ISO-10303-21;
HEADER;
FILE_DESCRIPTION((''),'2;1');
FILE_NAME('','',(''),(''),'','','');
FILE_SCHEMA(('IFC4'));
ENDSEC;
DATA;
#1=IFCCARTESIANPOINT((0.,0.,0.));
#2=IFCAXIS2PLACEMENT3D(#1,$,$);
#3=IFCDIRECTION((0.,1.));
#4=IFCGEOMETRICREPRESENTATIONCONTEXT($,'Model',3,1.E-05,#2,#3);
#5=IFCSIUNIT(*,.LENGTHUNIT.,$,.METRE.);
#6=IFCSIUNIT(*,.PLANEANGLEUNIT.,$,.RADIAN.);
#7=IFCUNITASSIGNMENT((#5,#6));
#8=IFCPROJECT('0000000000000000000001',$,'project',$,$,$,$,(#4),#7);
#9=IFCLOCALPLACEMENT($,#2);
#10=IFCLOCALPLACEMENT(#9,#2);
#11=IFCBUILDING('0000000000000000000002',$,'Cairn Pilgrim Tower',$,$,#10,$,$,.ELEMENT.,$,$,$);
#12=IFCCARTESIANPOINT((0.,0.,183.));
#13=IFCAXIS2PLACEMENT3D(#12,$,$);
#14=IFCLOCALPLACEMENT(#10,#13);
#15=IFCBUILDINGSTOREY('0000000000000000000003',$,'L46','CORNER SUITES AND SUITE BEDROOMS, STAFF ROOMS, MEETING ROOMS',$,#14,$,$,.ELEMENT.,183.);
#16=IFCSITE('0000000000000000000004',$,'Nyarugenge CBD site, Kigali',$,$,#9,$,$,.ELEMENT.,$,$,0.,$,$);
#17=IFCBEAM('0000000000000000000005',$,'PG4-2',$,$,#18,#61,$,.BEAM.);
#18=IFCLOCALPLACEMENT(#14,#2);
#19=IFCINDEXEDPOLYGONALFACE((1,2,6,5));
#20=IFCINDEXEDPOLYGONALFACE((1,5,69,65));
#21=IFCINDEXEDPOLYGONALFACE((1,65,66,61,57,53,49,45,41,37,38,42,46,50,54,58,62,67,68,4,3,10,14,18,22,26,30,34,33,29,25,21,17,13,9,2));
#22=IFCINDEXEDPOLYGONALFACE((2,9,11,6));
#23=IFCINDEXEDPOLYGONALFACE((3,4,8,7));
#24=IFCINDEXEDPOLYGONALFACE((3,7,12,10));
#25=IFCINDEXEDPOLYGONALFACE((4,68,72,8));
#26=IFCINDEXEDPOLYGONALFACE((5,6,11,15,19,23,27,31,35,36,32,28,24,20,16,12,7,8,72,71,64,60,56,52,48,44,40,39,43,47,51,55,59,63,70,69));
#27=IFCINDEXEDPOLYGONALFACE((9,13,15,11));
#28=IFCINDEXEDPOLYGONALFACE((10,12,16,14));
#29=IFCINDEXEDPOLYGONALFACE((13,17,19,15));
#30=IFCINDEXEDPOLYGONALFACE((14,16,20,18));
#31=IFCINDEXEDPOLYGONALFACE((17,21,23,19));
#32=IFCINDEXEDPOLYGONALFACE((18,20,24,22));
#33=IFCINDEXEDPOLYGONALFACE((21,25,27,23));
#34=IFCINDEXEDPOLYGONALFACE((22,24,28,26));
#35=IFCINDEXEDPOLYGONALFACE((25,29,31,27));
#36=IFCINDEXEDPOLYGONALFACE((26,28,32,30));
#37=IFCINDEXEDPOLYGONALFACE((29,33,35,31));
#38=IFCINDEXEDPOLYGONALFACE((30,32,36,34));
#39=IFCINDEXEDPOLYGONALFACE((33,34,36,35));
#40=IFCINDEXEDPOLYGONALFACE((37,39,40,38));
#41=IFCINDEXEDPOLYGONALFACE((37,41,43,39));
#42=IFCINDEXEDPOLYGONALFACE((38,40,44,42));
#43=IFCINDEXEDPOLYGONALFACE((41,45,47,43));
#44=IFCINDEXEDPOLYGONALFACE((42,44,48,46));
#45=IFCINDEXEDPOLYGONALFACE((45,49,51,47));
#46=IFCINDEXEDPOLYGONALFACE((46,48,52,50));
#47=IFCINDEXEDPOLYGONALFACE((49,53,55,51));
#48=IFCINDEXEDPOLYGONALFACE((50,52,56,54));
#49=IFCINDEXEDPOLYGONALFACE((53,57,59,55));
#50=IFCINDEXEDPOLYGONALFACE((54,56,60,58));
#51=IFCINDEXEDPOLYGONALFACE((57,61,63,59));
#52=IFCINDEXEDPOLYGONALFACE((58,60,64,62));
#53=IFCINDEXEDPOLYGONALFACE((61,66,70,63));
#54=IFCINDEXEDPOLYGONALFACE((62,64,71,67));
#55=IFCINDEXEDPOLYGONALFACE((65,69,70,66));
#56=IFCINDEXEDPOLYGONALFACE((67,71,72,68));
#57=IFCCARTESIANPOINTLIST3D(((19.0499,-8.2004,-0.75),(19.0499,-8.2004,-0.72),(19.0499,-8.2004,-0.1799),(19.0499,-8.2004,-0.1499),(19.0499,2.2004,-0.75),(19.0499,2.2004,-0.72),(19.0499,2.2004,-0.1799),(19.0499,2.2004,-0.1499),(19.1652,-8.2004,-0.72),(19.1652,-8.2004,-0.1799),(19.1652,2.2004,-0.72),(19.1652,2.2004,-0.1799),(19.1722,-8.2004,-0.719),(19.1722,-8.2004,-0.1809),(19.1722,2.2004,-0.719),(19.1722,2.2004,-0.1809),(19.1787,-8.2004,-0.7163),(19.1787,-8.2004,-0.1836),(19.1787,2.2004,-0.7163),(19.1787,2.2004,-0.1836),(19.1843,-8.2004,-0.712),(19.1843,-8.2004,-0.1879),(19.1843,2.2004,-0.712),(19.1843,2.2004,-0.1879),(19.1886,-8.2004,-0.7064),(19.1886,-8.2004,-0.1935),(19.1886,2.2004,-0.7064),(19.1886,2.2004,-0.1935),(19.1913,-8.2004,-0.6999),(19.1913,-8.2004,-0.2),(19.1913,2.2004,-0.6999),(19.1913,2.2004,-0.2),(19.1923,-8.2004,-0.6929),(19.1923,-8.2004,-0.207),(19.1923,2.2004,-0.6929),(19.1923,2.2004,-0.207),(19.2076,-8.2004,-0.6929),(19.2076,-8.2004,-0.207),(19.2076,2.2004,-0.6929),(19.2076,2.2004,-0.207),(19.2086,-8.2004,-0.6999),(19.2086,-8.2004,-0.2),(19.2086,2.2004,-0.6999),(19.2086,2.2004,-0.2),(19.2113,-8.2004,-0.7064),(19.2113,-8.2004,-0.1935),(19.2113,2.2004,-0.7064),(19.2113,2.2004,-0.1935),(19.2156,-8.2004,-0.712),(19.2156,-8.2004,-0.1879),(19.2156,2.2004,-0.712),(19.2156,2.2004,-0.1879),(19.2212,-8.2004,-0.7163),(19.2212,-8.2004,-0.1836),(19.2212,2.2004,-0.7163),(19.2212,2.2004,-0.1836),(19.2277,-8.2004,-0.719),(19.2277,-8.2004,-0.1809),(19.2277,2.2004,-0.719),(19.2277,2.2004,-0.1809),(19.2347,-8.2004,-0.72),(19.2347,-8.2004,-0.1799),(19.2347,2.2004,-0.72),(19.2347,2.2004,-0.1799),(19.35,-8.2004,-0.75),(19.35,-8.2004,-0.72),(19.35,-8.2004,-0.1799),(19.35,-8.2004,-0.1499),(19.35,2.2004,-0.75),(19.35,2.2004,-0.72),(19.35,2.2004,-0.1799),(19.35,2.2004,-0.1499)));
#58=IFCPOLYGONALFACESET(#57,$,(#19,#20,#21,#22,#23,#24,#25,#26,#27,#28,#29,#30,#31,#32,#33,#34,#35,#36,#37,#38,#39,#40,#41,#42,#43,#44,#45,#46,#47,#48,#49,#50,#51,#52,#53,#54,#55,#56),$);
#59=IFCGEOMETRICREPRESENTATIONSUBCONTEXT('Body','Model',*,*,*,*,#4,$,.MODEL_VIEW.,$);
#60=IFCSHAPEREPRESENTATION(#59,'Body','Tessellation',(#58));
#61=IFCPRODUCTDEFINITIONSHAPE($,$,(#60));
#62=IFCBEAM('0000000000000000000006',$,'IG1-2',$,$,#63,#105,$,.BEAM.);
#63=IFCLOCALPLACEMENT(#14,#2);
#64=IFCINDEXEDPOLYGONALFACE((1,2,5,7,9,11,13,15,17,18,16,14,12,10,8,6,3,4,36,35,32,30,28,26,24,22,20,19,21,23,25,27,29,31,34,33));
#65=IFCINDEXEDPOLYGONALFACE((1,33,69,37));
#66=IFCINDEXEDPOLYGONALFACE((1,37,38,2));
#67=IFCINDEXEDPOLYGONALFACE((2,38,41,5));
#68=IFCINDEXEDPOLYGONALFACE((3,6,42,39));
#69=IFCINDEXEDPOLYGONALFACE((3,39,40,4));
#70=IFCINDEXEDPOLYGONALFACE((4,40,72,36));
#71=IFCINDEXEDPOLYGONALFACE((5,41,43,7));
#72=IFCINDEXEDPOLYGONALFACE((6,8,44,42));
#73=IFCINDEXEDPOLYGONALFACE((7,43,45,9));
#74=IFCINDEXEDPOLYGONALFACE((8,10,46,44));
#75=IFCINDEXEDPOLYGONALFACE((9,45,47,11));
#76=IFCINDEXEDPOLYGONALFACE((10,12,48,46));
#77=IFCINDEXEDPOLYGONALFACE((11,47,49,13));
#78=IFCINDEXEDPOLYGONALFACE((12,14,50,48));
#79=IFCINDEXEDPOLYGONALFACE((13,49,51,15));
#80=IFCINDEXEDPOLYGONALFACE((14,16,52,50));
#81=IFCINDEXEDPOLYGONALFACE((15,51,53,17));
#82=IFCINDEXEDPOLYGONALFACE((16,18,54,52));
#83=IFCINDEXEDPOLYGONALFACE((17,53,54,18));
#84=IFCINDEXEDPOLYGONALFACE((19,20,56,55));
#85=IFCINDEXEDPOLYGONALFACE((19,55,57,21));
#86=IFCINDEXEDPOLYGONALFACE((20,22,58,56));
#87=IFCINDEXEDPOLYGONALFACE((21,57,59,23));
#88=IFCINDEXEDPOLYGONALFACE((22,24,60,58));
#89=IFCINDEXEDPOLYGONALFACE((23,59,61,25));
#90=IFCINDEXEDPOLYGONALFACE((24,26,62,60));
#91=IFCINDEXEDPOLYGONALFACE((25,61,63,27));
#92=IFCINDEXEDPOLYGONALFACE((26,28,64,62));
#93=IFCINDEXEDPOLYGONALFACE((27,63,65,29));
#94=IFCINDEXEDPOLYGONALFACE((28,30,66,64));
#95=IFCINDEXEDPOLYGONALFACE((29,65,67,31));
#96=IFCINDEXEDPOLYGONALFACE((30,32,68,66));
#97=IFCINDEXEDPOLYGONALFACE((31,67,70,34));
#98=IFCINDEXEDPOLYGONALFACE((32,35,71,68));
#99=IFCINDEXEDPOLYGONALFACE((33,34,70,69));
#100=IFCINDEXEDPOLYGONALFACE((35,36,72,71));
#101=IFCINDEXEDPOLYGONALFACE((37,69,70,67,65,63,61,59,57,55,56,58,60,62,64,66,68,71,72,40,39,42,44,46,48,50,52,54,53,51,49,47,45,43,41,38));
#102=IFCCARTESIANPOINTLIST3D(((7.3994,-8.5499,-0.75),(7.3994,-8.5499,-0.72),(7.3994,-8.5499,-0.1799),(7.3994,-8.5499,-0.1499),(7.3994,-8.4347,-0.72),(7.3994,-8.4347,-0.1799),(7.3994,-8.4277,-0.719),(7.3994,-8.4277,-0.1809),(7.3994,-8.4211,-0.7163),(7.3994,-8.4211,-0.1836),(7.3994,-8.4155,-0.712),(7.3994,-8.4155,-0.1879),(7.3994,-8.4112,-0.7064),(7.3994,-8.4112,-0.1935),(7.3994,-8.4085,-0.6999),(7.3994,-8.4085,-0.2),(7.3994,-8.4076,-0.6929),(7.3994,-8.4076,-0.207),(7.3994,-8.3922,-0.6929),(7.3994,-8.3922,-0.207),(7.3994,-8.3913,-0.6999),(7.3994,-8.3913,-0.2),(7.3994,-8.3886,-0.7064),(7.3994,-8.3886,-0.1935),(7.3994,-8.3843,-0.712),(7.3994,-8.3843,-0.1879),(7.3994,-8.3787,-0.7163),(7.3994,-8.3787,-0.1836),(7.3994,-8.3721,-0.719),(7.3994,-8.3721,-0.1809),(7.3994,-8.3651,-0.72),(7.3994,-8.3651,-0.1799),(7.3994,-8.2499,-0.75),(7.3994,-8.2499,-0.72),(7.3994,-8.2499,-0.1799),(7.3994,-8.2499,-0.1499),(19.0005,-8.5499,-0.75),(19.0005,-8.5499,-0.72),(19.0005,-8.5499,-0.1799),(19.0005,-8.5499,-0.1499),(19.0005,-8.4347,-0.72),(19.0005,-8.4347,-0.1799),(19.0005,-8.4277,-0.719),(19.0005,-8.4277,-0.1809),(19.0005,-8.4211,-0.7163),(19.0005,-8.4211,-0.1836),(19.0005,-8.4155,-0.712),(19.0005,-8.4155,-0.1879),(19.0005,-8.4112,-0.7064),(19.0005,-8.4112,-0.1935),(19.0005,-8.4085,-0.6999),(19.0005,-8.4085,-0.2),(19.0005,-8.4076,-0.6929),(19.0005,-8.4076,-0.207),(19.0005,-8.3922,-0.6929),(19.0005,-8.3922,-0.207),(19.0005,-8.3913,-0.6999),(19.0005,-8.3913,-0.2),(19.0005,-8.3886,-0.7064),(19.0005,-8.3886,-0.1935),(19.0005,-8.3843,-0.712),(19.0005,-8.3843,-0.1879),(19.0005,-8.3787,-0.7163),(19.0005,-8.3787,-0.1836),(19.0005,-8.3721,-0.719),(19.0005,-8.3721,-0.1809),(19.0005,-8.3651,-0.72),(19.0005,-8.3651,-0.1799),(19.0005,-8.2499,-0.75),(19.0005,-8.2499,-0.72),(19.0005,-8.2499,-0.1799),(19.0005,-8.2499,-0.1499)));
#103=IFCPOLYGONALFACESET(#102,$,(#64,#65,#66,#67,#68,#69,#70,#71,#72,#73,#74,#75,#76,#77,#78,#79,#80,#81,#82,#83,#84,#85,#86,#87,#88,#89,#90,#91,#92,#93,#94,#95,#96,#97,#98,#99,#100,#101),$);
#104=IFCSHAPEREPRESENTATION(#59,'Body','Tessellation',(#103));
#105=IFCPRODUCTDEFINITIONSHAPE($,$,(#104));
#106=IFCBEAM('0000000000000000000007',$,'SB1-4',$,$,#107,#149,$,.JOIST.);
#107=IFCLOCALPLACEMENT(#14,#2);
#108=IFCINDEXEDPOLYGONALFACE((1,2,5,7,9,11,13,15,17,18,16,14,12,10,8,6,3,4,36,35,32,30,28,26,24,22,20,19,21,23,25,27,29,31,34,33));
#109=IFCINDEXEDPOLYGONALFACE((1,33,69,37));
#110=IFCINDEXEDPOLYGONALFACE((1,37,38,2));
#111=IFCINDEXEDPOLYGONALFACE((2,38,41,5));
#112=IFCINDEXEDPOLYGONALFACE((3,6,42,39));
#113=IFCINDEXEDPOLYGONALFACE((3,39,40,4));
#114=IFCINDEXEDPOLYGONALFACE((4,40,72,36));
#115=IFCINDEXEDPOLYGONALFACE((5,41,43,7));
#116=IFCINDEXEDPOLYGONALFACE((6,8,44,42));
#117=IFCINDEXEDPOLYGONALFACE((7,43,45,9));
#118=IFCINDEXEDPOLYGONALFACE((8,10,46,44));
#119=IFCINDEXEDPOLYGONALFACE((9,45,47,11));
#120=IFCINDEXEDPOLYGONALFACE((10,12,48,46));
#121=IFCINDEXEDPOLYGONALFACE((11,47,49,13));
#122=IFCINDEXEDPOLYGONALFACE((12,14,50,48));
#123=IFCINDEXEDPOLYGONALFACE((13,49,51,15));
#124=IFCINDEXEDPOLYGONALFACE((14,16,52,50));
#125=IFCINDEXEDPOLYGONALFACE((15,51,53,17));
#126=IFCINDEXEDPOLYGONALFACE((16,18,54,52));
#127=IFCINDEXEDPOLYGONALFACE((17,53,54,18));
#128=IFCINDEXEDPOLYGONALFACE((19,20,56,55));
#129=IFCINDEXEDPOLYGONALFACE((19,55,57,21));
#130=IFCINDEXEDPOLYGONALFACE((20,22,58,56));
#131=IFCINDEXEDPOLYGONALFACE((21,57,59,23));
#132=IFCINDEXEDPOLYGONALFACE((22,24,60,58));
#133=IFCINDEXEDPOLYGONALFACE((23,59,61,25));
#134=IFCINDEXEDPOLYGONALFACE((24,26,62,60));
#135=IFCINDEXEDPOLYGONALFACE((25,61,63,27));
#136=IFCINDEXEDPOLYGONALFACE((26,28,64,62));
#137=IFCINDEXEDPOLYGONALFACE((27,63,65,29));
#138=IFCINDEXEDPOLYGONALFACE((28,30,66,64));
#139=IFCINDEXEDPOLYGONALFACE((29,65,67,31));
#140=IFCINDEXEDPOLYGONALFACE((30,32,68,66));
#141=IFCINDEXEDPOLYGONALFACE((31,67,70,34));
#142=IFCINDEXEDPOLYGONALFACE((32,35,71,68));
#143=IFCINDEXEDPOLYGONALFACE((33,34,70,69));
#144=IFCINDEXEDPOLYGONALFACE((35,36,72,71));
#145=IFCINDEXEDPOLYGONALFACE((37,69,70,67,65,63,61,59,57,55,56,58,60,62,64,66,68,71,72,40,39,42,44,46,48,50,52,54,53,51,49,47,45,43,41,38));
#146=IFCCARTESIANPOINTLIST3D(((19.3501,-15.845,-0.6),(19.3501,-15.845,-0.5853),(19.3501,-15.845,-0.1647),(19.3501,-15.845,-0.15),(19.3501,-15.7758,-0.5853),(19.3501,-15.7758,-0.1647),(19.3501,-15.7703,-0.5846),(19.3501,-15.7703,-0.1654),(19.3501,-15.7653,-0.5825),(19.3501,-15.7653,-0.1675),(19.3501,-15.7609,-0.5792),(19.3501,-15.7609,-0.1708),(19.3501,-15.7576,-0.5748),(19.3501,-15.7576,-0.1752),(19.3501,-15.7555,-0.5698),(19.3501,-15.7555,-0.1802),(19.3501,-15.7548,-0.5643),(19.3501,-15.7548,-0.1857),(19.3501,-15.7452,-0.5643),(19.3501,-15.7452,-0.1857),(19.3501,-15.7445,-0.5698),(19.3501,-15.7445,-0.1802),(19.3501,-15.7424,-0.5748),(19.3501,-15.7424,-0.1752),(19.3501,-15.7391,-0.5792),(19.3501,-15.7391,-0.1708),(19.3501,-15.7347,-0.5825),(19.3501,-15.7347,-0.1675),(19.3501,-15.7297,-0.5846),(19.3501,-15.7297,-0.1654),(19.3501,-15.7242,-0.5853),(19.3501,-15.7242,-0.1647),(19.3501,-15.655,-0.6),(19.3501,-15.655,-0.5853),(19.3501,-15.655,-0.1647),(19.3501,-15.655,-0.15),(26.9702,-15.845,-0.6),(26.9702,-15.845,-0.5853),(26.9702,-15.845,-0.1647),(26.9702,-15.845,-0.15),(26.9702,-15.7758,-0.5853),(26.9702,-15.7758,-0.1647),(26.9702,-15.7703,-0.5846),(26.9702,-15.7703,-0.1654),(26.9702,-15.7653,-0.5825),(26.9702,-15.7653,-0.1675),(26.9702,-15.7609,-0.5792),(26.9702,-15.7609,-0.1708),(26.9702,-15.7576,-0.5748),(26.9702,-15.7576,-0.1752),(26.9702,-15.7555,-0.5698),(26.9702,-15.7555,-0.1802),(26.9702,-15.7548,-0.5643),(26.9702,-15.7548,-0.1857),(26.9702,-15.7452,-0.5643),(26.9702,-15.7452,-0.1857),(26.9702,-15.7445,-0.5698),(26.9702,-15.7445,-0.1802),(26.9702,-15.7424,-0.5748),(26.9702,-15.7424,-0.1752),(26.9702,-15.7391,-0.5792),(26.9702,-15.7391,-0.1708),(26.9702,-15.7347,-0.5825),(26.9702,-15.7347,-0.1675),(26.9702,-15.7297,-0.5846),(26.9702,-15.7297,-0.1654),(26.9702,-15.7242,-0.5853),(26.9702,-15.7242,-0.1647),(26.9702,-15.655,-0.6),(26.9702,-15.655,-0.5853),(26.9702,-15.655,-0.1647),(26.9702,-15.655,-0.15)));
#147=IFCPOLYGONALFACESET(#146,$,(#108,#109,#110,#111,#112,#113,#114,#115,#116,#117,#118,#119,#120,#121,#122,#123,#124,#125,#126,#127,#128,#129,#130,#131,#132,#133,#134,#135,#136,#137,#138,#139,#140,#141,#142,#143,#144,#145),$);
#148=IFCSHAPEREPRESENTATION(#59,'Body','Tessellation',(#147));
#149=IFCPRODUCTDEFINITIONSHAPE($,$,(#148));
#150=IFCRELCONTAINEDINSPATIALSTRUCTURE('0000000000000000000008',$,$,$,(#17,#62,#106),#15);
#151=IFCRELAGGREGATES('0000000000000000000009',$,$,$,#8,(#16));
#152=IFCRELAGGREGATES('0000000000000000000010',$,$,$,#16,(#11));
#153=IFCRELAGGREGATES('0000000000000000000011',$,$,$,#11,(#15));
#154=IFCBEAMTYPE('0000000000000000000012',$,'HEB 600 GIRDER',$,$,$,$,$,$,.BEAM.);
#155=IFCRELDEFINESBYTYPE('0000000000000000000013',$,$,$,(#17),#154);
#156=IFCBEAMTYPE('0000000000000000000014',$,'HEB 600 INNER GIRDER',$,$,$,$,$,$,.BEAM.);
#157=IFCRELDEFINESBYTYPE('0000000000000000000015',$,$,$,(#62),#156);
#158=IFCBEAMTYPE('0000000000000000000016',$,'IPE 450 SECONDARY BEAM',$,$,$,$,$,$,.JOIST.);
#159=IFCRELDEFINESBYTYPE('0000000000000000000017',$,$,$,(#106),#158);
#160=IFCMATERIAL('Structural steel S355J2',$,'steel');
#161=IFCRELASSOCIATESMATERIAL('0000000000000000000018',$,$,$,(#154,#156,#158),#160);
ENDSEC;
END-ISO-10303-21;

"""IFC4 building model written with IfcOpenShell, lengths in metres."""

from ifc_helpers import new_model, si_unit, direction, frame, origin, origin_2d, place, context, subcontext, project, spatial, i_section, extrude, material, material_profile, profile_set, type_object, element, save


model = new_model("IFC4")

# Units and contexts
model_context = context("Model", 3, precision=1e-05, world=origin(), true_north=direction((0.0, 1.0)))
body_context = subcontext(model_context, "Body", "Model", "MODEL_VIEW")
ifc_project = project(units=[si_unit("LENGTHUNIT", "METRE"), si_unit("PLANEANGLEUNIT", "RADIAN")], contexts=[model_context])

# Site, building, storey
site_placement = place(None, origin())
site = spatial("IfcSite", under=ifc_project, at=site_placement, Name="Nyarugenge CBD site, Kigali", CompositionType="ELEMENT", RefElevation=0.0)
building_placement = place(site_placement, origin())
building = spatial("IfcBuilding", under=site, at=building_placement, Name="Cairn Pilgrim Tower", CompositionType="ELEMENT")
storey_placement = place(building_placement, frame((0.0, 0.0, 183.0)))
storey = spatial("IfcBuildingStorey", under=building, at=storey_placement, Name="L46", Description="CORNER SUITES AND SUITE BEDROOMS, STAFF ROOMS, MEETING ROOMS", CompositionType="ELEMENT", Elevation=183.0)

# Shared definitions
ifc_material_1 = material(Name="Structural steel S355J2", Category="steel")

# Beams
ifc_material_profile_1 = material_profile(ifc_material_1, i_section(OverallWidth=0.3, OverallDepth=0.6001, WebThickness=0.0154, FlangeThickness=0.03, FilletRadius=0.0271, at=origin_2d()), Name="HEB 600")
ifc_profile_set_1 = profile_set([ifc_material_profile_1], Name="Structural steel S355J2")
beam_type_1 = type_object("IfcBeamType", Name="HEB 600 GIRDER", PredefinedType="BEAM", material=ifc_profile_set_1)
beam_1_placement = place(storey_placement, frame((19.2, -8.2004, -0.45), z_axis=(0.0, 1.0, 0.0), x_axis=(-1.0, 0.0, 0.0)))
element("IfcBeam", 1, at=beam_1_placement, inside=storey, type_object=beam_type_1, Name="PG4-2", PredefinedType="BEAM", context=body_context, shape_type="SweptSolid", body=[
    extrude(i_section(OverallWidth=0.3, OverallDepth=0.6001, WebThickness=0.0154, FlangeThickness=0.03, FilletRadius=0.0271, at=origin_2d()), origin(), (0.0, 0.0, 1.0), 10.4009),
])
ifc_material_profile_2 = material_profile(ifc_material_1, i_section(OverallWidth=0.3, OverallDepth=0.6001, WebThickness=0.0154, FlangeThickness=0.03, FilletRadius=0.0271, at=origin_2d()), Name="HEB 600")
ifc_profile_set_2 = profile_set([ifc_material_profile_2], Name="Structural steel S355J2")
beam_type_2 = type_object("IfcBeamType", Name="HEB 600 INNER GIRDER", PredefinedType="BEAM", material=ifc_profile_set_2)
beam_2_placement = place(storey_placement, frame((7.3994, -8.3999, -0.45), z_axis=(1.0, 0.0, 0.0), x_axis=(0.0, 1.0, 0.0)))
element("IfcBeam", 2, at=beam_2_placement, inside=storey, type_object=beam_type_2, Name="IG1-2", PredefinedType="BEAM", context=body_context, shape_type="SweptSolid", body=[
    extrude(i_section(OverallWidth=0.3, OverallDepth=0.6001, WebThickness=0.0154, FlangeThickness=0.03, FilletRadius=0.0271, at=origin_2d()), origin(), (0.0, 0.0, 1.0), 11.6011),
])
ifc_material_profile_3 = material_profile(ifc_material_1, i_section(OverallWidth=0.1899, OverallDepth=0.45, WebThickness=0.0095, FlangeThickness=0.0146, FilletRadius=0.021, at=origin_2d()), Name="IPE 450")
ifc_profile_set_3 = profile_set([ifc_material_profile_3], Name="Structural steel S355J2")
beam_type_3 = type_object("IfcBeamType", Name="IPE 450 SECONDARY BEAM", PredefinedType="JOIST", material=ifc_profile_set_3)
beam_3_placement = place(storey_placement, frame((19.3501, -15.75, -0.375), z_axis=(1.0, 0.0, 0.0), x_axis=(0.0, 1.0, 0.0)))
element("IfcBeam", 3, at=beam_3_placement, inside=storey, type_object=beam_type_3, Name="SB1-4", PredefinedType="JOIST", context=body_context, shape_type="SweptSolid", body=[
    extrude(i_section(OverallWidth=0.1899, OverallDepth=0.45, WebThickness=0.0095, FlangeThickness=0.0146, FilletRadius=0.021, at=origin_2d()), origin(), (0.0, 0.0, 1.0), 7.6201),
])

save(model, "model.ifc")
